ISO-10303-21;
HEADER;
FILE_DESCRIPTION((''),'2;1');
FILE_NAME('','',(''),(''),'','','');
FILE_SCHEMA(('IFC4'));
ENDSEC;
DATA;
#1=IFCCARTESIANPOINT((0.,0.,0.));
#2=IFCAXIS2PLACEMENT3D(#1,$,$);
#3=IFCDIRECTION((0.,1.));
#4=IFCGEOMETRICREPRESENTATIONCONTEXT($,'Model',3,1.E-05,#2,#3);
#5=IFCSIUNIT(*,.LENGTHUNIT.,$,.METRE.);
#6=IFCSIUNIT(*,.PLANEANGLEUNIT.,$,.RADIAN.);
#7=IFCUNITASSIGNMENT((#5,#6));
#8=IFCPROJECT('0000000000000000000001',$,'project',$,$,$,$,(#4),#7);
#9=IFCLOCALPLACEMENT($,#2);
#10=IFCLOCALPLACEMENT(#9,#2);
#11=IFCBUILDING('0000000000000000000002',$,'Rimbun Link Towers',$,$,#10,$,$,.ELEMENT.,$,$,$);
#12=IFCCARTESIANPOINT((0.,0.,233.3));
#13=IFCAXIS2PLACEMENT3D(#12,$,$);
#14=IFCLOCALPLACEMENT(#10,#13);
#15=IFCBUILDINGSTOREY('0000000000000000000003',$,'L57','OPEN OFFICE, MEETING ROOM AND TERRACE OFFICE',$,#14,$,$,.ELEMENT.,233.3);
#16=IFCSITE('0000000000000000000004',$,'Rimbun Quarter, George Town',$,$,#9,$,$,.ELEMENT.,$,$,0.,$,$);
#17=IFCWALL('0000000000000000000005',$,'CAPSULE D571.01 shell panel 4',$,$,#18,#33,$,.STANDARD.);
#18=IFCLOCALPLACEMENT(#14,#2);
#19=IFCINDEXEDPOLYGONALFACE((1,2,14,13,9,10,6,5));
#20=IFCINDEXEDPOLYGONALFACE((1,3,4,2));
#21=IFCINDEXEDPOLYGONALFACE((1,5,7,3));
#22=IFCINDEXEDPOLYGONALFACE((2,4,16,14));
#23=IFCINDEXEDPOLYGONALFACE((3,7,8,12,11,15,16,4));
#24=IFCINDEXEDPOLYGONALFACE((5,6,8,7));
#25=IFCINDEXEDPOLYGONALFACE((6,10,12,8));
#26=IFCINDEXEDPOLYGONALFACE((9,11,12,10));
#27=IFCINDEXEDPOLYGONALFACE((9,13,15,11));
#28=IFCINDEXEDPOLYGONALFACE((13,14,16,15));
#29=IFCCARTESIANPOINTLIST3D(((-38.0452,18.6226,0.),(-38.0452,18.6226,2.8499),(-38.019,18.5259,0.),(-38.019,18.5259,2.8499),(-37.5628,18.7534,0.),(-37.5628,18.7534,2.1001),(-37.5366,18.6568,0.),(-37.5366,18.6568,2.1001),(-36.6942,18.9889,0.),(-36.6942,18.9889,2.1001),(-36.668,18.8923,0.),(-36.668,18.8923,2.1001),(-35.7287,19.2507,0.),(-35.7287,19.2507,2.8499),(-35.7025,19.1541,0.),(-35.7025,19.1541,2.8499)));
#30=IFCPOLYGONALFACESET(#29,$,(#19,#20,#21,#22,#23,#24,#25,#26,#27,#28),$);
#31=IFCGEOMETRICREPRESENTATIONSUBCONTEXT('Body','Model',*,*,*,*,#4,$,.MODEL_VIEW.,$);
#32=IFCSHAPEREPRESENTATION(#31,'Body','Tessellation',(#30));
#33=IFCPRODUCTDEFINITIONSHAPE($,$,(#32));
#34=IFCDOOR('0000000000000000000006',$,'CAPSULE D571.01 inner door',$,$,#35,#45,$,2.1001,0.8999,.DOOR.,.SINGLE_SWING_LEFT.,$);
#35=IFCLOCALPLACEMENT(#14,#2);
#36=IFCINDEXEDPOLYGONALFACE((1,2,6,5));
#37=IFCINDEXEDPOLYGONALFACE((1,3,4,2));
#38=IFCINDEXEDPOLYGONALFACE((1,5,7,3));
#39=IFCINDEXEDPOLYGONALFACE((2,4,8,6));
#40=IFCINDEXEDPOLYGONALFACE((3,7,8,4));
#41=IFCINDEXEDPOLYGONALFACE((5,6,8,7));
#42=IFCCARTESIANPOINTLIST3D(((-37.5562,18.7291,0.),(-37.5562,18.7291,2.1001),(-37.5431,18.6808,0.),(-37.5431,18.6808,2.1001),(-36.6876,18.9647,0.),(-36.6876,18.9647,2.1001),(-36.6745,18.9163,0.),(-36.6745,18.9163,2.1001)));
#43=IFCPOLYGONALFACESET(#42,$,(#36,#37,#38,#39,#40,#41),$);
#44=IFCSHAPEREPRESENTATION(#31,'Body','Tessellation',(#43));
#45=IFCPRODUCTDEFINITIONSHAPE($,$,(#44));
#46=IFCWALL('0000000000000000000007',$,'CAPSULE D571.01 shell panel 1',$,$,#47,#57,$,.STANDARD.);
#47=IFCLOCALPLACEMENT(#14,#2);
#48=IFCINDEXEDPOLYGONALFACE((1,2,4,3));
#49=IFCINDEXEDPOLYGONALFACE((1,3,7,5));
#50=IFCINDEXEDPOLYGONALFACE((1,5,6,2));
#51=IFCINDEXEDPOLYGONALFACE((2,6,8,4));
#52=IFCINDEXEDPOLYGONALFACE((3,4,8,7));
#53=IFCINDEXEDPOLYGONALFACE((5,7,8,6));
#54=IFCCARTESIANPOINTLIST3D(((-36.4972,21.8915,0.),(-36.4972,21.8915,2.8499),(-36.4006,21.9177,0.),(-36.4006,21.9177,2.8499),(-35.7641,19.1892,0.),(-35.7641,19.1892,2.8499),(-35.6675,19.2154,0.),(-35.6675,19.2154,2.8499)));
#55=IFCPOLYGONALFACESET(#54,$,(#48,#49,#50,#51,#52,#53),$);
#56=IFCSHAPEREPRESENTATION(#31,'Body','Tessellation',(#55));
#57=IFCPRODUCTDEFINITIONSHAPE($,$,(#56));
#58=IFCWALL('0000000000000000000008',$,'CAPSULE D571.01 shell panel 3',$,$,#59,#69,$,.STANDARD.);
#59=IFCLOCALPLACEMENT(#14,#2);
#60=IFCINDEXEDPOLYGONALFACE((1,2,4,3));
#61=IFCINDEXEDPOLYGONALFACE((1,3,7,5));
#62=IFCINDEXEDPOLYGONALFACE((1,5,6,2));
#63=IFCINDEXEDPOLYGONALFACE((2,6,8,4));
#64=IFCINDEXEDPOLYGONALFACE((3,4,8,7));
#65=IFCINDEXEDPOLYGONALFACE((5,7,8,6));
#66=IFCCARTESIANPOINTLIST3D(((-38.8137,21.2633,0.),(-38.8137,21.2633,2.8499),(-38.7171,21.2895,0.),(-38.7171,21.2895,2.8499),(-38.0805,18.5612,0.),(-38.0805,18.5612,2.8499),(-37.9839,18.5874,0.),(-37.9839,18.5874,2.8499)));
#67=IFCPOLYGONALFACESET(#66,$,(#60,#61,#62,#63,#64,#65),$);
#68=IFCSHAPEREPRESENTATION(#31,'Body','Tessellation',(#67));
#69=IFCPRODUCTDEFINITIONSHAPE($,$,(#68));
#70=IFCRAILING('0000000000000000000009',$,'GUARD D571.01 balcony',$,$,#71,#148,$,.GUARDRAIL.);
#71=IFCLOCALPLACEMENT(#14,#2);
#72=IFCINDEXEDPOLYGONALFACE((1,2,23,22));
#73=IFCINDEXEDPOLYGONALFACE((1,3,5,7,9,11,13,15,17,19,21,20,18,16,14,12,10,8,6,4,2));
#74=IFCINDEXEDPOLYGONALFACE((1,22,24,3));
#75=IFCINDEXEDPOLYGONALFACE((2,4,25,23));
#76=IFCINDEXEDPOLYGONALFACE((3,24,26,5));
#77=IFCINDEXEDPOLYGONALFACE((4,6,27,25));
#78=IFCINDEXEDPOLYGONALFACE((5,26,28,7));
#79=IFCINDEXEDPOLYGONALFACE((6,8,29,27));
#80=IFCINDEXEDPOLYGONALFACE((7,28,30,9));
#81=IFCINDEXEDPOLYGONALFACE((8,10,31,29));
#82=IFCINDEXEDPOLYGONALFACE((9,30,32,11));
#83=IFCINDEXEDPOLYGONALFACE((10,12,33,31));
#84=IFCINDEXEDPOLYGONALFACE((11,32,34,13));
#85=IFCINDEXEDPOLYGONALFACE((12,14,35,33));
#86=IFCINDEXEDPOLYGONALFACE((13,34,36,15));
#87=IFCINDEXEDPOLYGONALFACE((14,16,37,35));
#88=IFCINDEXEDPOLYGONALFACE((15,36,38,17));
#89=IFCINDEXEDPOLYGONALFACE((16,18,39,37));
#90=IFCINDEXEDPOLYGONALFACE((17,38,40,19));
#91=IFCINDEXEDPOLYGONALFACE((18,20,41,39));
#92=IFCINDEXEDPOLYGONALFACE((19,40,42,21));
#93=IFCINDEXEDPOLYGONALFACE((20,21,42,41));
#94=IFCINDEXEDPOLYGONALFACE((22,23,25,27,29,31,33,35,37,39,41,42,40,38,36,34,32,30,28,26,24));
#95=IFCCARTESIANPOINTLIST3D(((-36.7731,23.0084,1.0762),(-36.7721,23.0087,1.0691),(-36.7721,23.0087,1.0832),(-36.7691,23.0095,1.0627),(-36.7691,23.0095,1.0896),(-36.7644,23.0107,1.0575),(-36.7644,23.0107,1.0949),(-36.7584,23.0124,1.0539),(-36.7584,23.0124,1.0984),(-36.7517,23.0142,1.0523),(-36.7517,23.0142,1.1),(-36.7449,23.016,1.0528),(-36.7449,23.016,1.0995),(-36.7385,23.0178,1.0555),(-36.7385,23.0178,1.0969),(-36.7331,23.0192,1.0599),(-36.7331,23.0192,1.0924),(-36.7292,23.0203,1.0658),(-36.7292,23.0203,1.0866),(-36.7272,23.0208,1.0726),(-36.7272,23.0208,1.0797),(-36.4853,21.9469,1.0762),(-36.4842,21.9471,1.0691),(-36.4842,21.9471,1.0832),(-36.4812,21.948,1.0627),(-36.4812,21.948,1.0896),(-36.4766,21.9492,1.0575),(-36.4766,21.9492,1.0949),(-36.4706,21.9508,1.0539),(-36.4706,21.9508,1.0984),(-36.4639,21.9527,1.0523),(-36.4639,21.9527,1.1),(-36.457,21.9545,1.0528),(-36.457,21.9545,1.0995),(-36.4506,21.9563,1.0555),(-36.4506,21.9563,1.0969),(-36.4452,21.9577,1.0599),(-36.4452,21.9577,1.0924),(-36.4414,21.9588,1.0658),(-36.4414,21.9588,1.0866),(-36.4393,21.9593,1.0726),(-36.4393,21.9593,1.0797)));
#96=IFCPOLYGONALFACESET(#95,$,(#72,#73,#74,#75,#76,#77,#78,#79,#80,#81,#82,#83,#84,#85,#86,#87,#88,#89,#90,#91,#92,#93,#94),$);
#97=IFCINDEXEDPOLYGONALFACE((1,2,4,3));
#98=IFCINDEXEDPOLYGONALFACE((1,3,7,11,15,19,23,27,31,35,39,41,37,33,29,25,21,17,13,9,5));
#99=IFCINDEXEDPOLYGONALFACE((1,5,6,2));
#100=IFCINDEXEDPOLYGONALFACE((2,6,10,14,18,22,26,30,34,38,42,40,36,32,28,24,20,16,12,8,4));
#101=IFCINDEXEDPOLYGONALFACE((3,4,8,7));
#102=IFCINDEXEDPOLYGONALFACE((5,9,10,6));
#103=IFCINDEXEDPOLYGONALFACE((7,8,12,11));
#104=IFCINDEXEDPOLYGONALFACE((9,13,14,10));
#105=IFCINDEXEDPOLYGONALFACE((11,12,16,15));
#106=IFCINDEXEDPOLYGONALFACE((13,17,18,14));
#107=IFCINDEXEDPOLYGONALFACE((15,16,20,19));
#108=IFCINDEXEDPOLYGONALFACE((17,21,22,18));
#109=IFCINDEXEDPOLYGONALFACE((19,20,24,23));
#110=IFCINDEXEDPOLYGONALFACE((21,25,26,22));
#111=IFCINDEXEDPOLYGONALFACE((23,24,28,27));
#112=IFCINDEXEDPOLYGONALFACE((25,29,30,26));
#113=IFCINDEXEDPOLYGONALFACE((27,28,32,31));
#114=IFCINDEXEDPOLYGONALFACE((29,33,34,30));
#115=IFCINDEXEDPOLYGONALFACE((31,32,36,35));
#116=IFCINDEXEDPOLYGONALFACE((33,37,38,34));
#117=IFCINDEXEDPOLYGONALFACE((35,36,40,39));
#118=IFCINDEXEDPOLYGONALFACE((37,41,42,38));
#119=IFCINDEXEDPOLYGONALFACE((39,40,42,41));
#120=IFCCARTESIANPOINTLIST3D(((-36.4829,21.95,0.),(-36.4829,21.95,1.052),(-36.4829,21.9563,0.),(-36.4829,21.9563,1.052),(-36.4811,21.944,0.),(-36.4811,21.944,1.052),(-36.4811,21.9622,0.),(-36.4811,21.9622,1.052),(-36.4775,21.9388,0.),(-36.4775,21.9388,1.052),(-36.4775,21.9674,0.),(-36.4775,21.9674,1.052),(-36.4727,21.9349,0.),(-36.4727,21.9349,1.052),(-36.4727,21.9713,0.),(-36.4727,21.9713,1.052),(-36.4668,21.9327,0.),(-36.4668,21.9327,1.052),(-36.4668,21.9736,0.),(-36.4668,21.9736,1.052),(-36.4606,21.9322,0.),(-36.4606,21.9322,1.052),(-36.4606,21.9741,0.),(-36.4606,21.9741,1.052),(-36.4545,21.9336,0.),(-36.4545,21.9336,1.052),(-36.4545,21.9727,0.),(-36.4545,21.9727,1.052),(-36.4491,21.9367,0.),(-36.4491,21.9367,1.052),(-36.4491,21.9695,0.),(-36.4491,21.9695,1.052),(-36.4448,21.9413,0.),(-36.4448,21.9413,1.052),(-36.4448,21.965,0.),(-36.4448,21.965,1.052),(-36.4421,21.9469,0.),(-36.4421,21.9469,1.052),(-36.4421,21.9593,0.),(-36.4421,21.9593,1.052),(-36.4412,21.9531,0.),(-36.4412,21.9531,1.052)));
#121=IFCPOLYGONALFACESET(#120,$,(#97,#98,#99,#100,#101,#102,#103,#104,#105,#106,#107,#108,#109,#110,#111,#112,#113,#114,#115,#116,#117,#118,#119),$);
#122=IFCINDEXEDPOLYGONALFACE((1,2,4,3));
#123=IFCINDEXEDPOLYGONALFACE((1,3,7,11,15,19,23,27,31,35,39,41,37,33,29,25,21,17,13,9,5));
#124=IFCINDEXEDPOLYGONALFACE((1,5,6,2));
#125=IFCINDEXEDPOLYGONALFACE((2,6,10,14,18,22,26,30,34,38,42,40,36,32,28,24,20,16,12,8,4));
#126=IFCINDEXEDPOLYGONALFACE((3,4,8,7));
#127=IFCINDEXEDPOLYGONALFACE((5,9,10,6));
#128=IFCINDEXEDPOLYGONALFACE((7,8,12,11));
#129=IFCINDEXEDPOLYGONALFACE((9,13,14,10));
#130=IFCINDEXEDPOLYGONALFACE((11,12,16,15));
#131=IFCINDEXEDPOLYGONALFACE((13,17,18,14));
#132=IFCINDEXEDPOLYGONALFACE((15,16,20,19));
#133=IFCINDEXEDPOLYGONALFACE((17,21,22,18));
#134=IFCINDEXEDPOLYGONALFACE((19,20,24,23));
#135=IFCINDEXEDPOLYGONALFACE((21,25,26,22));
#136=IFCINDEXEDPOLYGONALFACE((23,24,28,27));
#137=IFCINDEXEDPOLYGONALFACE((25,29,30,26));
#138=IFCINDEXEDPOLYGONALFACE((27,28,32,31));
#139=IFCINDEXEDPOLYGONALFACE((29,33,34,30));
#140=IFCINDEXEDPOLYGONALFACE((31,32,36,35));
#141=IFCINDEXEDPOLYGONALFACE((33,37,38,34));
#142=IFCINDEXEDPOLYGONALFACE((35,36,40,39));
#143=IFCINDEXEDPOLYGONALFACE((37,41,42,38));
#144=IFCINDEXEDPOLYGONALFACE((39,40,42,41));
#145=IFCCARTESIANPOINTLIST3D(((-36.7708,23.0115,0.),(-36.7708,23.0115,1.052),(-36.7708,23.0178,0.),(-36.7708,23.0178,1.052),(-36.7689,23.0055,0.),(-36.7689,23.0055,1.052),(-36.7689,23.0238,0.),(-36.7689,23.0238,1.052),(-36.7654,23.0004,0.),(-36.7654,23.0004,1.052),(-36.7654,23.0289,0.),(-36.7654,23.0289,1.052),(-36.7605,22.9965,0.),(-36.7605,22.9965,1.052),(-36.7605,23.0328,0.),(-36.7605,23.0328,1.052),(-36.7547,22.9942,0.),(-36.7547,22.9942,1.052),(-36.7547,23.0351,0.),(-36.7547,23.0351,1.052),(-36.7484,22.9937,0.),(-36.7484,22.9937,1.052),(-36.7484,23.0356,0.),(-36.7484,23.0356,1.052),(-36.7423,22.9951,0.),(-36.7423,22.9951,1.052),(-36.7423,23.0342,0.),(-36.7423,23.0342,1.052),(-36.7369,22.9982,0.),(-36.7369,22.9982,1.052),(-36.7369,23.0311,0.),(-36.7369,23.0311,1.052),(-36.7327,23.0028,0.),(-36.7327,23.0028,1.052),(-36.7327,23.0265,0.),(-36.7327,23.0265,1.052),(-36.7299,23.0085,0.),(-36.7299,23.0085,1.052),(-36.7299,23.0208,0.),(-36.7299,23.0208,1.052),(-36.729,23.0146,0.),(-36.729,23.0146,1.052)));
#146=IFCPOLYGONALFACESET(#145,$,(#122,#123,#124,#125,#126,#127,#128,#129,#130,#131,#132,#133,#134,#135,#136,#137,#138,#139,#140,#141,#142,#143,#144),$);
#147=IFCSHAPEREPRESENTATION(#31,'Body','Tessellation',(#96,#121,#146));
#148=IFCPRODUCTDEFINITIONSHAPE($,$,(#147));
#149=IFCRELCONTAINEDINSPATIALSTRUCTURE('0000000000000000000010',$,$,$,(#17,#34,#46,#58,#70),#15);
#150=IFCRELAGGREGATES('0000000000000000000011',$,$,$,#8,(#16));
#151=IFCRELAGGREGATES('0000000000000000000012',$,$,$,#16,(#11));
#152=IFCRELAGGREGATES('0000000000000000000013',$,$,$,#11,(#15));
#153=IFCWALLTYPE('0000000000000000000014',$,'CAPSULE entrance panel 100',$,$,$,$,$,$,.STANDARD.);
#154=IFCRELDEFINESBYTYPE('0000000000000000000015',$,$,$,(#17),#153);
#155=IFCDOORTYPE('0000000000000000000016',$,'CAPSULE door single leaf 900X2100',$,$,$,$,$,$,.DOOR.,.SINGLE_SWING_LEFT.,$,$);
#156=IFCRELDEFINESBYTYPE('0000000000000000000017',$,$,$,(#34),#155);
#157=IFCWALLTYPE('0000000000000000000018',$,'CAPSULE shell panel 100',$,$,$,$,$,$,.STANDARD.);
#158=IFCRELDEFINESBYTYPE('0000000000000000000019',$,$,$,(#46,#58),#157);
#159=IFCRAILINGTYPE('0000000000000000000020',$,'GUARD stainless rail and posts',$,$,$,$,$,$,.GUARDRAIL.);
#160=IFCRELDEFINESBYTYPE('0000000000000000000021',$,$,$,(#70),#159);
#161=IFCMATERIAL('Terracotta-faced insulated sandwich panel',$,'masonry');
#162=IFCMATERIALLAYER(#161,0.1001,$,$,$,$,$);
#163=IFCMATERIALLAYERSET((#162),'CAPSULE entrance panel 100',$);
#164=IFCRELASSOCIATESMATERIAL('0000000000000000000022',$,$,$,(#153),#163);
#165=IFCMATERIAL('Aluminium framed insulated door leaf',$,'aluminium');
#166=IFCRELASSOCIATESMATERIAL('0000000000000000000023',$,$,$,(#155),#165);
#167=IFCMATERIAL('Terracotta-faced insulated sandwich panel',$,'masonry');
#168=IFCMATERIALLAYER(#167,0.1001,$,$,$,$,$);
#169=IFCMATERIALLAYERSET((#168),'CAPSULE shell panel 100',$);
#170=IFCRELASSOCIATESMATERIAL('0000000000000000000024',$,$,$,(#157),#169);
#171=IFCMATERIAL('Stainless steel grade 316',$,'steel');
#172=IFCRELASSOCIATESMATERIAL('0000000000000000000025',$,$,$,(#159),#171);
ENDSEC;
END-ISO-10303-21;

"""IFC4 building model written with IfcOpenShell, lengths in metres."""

from ifc_helpers import new_model, si_unit, direction, frame, frame_2d, origin, origin_2d, place, context, subcontext, project, spatial, rectangle, circle, extrude, material, layer, layer_set, type_object, element, fill, save


model = new_model("IFC4")

# Units and contexts
model_context = context("Model", 3, precision=1e-05, world=origin(), true_north=direction((0.0, 1.0)))
body_context = subcontext(model_context, "Body", "Model", "MODEL_VIEW")
ifc_project = project(units=[si_unit("LENGTHUNIT", "METRE"), si_unit("PLANEANGLEUNIT", "RADIAN")], contexts=[model_context])

# Site, building, storey
site_placement = place(None, origin())
site = spatial("IfcSite", under=ifc_project, at=site_placement, Name="Rimbun Quarter, George Town", CompositionType="ELEMENT", RefElevation=0.0)
building_placement = place(site_placement, origin())
building = spatial("IfcBuilding", under=site, at=building_placement, Name="Rimbun Link Towers", CompositionType="ELEMENT")
storey_placement = place(building_placement, frame((0.0, 0.0, 233.3)))
storey = spatial("IfcBuildingStorey", under=building, at=storey_placement, Name="L57", Description="OPEN OFFICE, MEETING ROOM AND TERRACE OFFICE", CompositionType="ELEMENT", Elevation=233.3)

# Shared definitions
ifc_material_1 = material(Name="Terracotta-faced insulated sandwich panel", Category="masonry")
ifc_layer_1 = layer(ifc_material_1, 0.1001)
ifc_layer_set_1 = layer_set([ifc_layer_1], Name="CAPSULE entrance panel 100")
wall_type_1 = type_object("IfcWallType", Name="CAPSULE entrance panel 100", PredefinedType="STANDARD", material=ifc_layer_set_1)
ifc_material_2 = material(Name="Aluminium framed insulated door leaf", Category="aluminium")
door_type = type_object("IfcDoorType", Name="CAPSULE door single leaf 900X2100", OperationType="SINGLE_SWING_LEFT", PredefinedType="DOOR", material=ifc_material_2)

# Wall, opening, door
wall_1_placement = place(storey_placement, frame((-38.0322, 18.5742, 0.0), z_axis=(0.0, 0.0, 1.0), x_axis=(0.965141, 0.261731, 0.0)))
wall_1 = element("IfcWall", 1, at=wall_1_placement, inside=storey, type_object=wall_type_1, Name="CAPSULE D571.01 shell panel 4", PredefinedType="STANDARD", context=body_context, shape_type="SweptSolid", body=[
    extrude(rectangle(XDim=2.4001, YDim=0.1001, at=frame_2d((1.2002, 0.0))), origin(), (0.0, 0.0, 1.0), 2.8499),
])
opening_1_placement = place(wall_1_placement, frame((0.5, 0.0, 0.0)))
opening_1 = element("IfcOpeningElement", 2, at=opening_1_placement, cuts=wall_1, PredefinedType="OPENING", context=body_context, shape_type="SweptSolid", body=[
    extrude(rectangle(XDim=0.8999, YDim=2.1001, at=frame_2d((0.45, 1.05))), frame((0.0, 0.0601, 0.0), z_axis=(0.0, -1.0, 0.0), x_axis=(1.0, 0.0, 0.0)), (0.0, 0.0, 1.0), 0.1201),
])
door_1_placement = place(opening_1_placement, origin())
door_1 = element("IfcDoor", 3, at=door_1_placement, inside=storey, type_object=door_type, Name="CAPSULE D571.01 inner door", OperationType="SINGLE_SWING_LEFT", OverallHeight=2.1001, OverallWidth=0.8999, PredefinedType="DOOR", context=body_context, shape_type="SweptSolid", body=[
    extrude(rectangle(XDim=0.8999, YDim=2.1001, at=frame_2d((0.45, 1.05))), frame((0.0, 0.0249, 0.0), z_axis=(0.0, -1.0, 0.0), x_axis=(1.0, 0.0, 0.0)), (0.0, 0.0, 1.0), 0.05),
])
fill(opening_1, door_1)

# Walls
ifc_material_3 = material(Name="Terracotta-faced insulated sandwich panel", Category="masonry")
ifc_layer_2 = layer(ifc_material_3, 0.1001)
ifc_layer_set_2 = layer_set([ifc_layer_2], Name="CAPSULE shell panel 100")
wall_type_2 = type_object("IfcWallType", Name="CAPSULE shell panel 100", PredefinedType="STANDARD", material=ifc_layer_set_2)
wall_2_placement = place(storey_placement, frame((-35.7158, 19.2024, 0.0), z_axis=(0.0, 0.0, 1.0), x_axis=(-0.261833, 0.965113, 0.0)))
element("IfcWall", 4, at=wall_2_placement, inside=storey, type_object=wall_type_2, Name="CAPSULE D571.01 shell panel 1", PredefinedType="STANDARD", context=body_context, shape_type="SweptSolid", body=[
    extrude(rectangle(XDim=2.8, YDim=0.1001, at=frame_2d((1.3999, 0.0))), origin(), (0.0, 0.0, 1.0), 2.8499),
])
wall_3_placement = place(storey_placement, frame((-38.7654, 21.2764, 0.0), z_axis=(0.0, 0.0, 1.0), x_axis=(0.261855, -0.965107, 0.0)))
element("IfcWall", 5, at=wall_3_placement, inside=storey, type_object=wall_type_2, Name="CAPSULE D571.01 shell panel 3", PredefinedType="STANDARD", context=body_context, shape_type="SweptSolid", body=[
    extrude(rectangle(XDim=2.7998, YDim=0.1001, at=frame_2d((1.3999, 0.0))), origin(), (0.0, 0.0, 1.0), 2.8499),
])

# Railing
ifc_material_4 = material(Name="Stainless steel grade 316", Category="steel")
railing_type = type_object("IfcRailingType", Name="GUARD stainless rail and posts", PredefinedType="GUARDRAIL", material=ifc_material_4)
railing_1_placement = place(storey_placement, frame((-36.4622, 21.9531, 0.0)))
element("IfcRailing", 6, at=railing_1_placement, inside=storey, type_object=railing_type, Name="GUARD D571.01 balcony", PredefinedType="GUARDRAIL", context=body_context, shape_type="SweptSolid", body=[
    extrude(circle(Radius=0.0239, at=origin_2d()), frame((0.0, 0.0, 1.0762), z_axis=(-0.261708, 0.965147, 0.0), x_axis=(-0.965147, -0.261708, 0.0)), (0.0, 0.0, 1.0), 1.0999),
    extrude(circle(Radius=0.021, at=origin_2d()), origin(), (0.0, 0.0, 1.0), 1.052),
    extrude(circle(Radius=0.021, at=origin_2d()), frame((-0.2878, 1.0615, 0.0)), (0.0, 0.0, 1.0), 1.052),
])

save(model, "model.ifc")
